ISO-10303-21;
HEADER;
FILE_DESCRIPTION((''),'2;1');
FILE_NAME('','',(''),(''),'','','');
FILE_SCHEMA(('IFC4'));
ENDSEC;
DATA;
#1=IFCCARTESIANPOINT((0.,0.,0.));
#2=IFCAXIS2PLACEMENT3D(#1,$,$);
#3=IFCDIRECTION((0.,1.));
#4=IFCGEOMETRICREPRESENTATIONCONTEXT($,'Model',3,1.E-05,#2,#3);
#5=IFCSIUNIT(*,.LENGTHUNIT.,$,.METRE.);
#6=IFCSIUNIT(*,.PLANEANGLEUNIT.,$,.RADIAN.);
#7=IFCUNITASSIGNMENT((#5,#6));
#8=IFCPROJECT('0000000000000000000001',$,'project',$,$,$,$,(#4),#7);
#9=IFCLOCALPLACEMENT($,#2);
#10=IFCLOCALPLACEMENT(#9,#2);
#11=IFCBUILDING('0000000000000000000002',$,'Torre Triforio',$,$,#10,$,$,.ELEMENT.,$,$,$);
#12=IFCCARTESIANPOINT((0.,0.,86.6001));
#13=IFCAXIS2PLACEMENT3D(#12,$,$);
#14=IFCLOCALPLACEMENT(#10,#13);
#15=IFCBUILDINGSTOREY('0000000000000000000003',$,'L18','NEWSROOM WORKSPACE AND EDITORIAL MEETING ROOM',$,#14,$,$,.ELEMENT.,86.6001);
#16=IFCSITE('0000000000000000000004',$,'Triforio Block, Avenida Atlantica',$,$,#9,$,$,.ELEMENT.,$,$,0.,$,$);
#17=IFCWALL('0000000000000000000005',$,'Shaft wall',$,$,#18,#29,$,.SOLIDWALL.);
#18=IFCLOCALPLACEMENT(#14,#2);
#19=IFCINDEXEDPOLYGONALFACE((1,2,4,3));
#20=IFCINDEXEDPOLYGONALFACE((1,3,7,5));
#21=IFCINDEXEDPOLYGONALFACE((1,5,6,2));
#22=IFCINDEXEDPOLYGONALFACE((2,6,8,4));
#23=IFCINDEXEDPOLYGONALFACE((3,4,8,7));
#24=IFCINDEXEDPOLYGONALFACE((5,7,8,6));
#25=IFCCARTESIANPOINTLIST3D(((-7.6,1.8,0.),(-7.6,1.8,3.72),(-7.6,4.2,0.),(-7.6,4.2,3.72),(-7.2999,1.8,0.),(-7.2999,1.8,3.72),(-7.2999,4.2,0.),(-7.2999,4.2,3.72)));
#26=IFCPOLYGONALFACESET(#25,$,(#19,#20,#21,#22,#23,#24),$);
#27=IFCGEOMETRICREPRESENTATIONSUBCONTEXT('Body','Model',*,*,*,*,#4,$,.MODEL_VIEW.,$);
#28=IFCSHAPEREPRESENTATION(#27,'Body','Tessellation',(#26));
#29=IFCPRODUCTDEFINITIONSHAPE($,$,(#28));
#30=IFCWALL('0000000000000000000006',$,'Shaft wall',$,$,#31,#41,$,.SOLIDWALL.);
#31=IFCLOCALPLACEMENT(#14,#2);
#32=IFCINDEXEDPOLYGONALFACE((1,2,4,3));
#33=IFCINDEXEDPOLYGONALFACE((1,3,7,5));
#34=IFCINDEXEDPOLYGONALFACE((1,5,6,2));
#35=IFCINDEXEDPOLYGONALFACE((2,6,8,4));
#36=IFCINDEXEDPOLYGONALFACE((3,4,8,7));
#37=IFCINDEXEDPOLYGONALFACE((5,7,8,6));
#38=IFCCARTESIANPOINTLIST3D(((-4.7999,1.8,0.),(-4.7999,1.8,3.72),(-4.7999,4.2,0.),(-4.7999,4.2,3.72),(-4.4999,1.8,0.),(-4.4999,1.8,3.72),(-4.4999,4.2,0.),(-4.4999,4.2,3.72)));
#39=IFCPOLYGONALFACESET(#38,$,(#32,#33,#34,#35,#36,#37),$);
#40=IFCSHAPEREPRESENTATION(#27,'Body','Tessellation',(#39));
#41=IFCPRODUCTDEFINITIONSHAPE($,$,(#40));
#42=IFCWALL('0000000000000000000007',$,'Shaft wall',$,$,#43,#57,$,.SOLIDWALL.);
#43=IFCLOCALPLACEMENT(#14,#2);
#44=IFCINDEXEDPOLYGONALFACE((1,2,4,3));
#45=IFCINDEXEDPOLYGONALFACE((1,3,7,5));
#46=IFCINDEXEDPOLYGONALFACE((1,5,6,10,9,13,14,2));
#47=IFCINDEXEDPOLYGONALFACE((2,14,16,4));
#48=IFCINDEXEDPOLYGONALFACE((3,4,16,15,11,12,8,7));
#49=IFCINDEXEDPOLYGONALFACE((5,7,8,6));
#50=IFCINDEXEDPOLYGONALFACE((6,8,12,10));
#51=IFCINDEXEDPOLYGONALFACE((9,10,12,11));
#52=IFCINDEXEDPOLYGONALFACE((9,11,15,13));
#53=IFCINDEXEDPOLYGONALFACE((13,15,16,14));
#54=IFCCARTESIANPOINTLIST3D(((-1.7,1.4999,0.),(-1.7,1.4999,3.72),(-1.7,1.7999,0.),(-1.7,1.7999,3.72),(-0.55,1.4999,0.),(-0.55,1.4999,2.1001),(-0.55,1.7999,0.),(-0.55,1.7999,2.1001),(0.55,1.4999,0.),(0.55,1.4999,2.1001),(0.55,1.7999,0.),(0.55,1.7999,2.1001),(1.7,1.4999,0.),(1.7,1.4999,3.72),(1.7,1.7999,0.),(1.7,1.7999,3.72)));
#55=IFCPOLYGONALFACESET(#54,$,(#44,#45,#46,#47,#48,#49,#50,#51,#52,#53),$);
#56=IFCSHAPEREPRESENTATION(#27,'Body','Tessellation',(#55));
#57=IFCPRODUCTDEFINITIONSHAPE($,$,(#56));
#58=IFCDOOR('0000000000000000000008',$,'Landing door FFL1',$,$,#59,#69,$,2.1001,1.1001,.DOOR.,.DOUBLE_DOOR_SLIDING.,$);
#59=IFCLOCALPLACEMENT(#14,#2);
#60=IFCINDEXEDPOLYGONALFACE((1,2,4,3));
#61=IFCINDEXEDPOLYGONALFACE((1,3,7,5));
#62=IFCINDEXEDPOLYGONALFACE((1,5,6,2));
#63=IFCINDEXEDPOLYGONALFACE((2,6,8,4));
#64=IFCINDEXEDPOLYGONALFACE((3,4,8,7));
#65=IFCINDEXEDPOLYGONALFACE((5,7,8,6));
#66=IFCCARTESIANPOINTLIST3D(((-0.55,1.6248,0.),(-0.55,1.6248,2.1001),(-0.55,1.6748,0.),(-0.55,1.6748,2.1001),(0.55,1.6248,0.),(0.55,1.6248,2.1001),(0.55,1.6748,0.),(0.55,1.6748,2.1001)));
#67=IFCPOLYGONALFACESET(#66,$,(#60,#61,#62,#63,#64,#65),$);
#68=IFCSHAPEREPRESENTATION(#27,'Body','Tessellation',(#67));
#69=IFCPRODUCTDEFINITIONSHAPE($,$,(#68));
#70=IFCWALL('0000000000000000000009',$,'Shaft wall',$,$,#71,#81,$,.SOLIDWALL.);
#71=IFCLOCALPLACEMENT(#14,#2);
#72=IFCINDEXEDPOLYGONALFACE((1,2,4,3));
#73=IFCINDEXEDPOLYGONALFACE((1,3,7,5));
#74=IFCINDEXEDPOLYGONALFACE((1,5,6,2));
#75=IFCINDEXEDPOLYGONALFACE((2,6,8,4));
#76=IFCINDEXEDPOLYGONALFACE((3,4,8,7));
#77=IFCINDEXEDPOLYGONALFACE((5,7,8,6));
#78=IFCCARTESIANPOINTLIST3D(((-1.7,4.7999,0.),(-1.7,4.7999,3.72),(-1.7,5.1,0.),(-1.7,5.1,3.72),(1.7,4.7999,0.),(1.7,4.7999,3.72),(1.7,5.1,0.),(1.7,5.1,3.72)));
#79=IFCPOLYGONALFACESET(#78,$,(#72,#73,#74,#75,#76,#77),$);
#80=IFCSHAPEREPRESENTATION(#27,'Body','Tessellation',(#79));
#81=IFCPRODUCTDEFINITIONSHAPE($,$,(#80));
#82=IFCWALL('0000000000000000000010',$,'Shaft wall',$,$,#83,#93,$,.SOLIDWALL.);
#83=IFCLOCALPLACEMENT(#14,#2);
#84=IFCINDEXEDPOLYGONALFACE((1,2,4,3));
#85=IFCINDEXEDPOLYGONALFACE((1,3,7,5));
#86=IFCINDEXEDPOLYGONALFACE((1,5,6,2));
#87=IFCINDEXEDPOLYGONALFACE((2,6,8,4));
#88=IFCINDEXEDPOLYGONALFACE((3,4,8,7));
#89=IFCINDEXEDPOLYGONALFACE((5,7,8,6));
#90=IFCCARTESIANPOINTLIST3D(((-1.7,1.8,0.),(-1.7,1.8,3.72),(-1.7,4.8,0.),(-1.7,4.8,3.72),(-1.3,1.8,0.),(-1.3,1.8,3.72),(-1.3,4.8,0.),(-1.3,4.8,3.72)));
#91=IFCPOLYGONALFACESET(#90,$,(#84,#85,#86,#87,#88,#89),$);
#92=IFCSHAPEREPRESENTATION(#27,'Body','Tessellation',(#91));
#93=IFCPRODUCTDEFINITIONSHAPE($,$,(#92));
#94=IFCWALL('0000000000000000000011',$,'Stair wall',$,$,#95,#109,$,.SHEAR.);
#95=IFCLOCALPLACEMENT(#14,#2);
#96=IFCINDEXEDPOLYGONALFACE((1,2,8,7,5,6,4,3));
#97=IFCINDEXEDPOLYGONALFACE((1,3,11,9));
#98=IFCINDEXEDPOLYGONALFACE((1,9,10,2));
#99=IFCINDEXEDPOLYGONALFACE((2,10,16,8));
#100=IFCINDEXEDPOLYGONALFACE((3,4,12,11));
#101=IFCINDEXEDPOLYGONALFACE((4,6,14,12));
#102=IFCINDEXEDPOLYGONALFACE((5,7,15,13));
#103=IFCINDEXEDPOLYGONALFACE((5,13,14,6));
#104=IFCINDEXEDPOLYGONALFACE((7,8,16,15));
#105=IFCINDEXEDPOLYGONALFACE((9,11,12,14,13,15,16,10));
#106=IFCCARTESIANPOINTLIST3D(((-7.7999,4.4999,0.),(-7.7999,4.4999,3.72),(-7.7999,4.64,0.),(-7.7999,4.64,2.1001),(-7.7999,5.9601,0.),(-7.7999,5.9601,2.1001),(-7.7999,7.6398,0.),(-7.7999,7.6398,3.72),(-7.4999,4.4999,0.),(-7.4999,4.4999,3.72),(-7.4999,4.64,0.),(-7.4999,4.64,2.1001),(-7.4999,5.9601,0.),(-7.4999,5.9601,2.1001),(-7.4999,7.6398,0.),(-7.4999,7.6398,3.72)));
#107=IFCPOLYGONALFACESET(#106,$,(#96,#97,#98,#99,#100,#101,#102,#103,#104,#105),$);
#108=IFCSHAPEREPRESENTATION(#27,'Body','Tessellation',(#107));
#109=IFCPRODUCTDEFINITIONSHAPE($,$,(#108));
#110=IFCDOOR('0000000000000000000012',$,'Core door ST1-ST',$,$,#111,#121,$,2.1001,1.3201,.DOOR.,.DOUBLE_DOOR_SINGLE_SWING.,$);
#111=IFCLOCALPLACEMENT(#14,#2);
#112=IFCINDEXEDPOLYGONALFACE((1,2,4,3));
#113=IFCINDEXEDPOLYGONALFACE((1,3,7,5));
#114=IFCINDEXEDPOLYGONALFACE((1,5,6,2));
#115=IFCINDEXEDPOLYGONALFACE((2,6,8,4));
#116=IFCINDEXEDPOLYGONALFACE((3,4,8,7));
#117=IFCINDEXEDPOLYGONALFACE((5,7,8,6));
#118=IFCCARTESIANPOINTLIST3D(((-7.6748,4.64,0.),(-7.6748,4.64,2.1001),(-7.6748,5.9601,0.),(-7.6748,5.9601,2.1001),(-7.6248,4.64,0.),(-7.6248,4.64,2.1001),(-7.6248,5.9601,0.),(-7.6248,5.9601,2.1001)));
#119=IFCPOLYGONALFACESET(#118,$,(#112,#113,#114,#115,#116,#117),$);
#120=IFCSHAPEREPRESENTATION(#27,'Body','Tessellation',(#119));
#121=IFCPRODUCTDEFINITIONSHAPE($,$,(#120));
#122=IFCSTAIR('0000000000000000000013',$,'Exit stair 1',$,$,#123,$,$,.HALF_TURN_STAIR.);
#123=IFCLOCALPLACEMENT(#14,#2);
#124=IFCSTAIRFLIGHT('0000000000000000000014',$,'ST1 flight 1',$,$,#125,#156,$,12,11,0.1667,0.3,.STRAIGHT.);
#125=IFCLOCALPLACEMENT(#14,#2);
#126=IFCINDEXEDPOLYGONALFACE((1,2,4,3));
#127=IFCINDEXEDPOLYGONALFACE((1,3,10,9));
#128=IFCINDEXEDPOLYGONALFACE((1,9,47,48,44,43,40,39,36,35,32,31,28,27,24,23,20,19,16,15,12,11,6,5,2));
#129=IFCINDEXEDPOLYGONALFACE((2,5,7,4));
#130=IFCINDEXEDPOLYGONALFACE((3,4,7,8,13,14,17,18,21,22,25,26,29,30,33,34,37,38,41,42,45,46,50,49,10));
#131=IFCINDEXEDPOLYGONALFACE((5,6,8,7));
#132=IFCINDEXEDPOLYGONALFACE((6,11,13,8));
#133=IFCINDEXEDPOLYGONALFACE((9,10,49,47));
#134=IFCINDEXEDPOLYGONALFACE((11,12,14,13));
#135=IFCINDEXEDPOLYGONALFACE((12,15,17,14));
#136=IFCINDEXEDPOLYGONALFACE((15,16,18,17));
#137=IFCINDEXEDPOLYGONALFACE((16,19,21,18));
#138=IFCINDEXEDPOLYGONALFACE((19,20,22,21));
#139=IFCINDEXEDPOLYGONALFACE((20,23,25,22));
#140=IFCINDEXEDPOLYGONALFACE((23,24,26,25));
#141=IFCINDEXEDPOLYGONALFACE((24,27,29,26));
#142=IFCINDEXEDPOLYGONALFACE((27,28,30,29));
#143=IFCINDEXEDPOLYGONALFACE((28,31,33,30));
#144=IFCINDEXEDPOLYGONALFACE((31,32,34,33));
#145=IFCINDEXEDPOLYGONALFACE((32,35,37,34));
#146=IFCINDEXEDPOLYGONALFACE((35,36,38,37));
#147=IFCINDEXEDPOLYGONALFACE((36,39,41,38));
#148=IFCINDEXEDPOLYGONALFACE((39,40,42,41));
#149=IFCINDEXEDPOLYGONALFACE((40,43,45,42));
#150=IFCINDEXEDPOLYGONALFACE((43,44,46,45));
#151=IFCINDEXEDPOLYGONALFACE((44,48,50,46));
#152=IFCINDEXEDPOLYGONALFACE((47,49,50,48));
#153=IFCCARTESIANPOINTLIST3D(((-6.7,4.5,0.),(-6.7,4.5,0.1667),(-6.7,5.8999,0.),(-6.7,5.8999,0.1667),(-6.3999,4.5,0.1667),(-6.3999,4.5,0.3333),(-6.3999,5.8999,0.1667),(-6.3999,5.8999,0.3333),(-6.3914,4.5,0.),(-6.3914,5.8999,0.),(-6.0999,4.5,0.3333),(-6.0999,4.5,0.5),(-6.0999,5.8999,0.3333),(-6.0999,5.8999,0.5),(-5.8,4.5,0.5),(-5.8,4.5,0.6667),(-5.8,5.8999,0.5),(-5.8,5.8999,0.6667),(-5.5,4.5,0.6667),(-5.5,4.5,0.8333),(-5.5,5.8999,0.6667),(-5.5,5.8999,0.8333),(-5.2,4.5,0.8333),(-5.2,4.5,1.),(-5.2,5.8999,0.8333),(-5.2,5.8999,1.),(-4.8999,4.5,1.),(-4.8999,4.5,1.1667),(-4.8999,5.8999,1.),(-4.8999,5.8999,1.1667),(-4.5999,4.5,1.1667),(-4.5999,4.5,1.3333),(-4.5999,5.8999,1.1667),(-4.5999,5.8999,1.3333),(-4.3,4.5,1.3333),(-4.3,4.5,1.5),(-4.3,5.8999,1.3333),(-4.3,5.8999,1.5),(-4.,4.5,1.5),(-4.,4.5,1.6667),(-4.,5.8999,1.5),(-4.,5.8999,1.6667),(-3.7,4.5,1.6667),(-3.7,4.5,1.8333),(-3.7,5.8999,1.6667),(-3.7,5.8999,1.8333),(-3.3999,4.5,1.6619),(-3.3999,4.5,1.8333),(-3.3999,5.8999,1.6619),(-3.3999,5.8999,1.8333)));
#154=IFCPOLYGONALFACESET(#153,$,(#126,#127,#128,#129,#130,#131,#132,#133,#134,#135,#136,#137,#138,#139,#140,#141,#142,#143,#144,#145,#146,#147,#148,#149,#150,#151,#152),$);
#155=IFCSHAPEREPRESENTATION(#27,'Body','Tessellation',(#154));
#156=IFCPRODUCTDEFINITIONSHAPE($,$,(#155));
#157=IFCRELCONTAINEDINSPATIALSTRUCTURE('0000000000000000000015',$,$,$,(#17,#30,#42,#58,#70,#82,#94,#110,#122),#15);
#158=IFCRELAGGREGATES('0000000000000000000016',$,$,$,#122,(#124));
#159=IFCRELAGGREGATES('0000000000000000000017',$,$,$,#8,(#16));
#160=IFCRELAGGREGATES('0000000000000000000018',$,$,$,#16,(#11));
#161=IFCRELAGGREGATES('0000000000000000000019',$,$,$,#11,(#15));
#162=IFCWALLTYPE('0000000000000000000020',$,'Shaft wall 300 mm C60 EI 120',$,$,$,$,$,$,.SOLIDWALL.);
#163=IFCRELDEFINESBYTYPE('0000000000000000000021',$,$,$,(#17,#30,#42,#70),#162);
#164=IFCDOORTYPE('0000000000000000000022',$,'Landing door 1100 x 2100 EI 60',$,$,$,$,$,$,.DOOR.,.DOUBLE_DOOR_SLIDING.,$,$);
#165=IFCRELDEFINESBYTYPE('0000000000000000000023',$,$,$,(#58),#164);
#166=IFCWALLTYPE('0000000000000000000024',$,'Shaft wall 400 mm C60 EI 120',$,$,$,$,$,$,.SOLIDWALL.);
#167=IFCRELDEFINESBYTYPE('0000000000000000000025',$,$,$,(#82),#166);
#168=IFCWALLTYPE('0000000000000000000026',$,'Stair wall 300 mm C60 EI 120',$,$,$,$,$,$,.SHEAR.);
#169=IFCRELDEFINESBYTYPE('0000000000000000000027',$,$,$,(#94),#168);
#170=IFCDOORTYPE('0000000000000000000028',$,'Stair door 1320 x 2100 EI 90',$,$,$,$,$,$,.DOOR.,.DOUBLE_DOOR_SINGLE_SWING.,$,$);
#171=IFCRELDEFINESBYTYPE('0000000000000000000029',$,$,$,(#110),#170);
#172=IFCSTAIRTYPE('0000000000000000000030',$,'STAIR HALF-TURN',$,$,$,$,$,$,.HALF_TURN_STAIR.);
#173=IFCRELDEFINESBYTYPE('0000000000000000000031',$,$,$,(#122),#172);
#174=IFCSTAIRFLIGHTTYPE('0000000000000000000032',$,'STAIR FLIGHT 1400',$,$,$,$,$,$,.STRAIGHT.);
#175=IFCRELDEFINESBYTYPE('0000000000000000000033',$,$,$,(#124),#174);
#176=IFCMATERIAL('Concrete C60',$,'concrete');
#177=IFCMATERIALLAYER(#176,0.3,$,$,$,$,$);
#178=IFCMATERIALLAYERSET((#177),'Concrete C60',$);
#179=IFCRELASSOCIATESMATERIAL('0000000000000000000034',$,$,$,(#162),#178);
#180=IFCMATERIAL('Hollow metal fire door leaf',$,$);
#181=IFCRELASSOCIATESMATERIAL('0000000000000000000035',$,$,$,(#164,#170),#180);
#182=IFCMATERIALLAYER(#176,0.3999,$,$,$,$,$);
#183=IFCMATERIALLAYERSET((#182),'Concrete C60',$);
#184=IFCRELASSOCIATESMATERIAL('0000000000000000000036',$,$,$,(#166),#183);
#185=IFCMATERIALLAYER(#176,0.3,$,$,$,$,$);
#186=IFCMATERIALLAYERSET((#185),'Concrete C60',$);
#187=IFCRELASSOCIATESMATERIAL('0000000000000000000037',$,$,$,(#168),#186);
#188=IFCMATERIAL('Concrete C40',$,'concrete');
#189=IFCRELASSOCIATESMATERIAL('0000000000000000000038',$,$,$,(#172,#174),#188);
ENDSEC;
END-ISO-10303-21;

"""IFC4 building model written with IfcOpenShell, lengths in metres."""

from ifc_helpers import new_model, si_unit, direction, frame, frame_2d, origin, place, context, subcontext, project, spatial, polyline, rectangle, outline, extrude, material, layer, layer_set, type_object, element, fill, aggregate, save


model = new_model("IFC4")

# Units and contexts
model_context = context("Model", 3, precision=1e-05, world=origin(), true_north=direction((0.0, 1.0)))
body_context = subcontext(model_context, "Body", "Model", "MODEL_VIEW")
ifc_project = project(units=[si_unit("LENGTHUNIT", "METRE"), si_unit("PLANEANGLEUNIT", "RADIAN")], contexts=[model_context])

# Site, building, storey
site_placement = place(None, origin())
site = spatial("IfcSite", under=ifc_project, at=site_placement, Name="Triforio Block, Avenida Atlantica", CompositionType="ELEMENT", RefElevation=0.0)
building_placement = place(site_placement, origin())
building = spatial("IfcBuilding", under=site, at=building_placement, Name="Torre Triforio", CompositionType="ELEMENT")
storey_placement = place(building_placement, frame((0.0, 0.0, 86.6001)))
storey = spatial("IfcBuildingStorey", under=building, at=storey_placement, Name="L18", Description="NEWSROOM WORKSPACE AND EDITORIAL MEETING ROOM", CompositionType="ELEMENT", Elevation=86.6001)

# Walls
ifc_material_1 = material(Name="Concrete C60", Category="concrete")
ifc_layer_1 = layer(ifc_material_1, 0.3)
ifc_layer_set_1 = layer_set([ifc_layer_1], Name="Concrete C60")
wall_type_1 = type_object("IfcWallType", Name="Shaft wall 300 mm C60 EI 120", PredefinedType="SOLIDWALL", material=ifc_layer_set_1)
for number, where, z_axis, x_axis, name in (
    (1, (-7.45, 1.8, 0.0), (0.0, 0.0, 1.0), (0.0, 1.0, 0.0), "Shaft wall"),
    (2, (-4.6499, 1.8, 0.0), (0.0, 0.0, 1.0), (0.0, 1.0, 0.0), "Shaft wall"),
):
    element("IfcWall", number, at=place(storey_placement, frame(where, z_axis=z_axis, x_axis=x_axis)), inside=storey, type_object=wall_type_1, Name=name, PredefinedType="SOLIDWALL", context=body_context, shape_type="SweptSolid", body=[
        extrude(rectangle(XDim=2.3999, YDim=0.3, at=frame_2d((1.2, 0.0))), origin(), (0.0, 0.0, 1.0), 3.72),
    ])

# Wall, opening, door
wall_1_placement = place(storey_placement, frame((-1.7, 1.6499, 0.0), z_axis=(0.0, 0.0, 1.0), x_axis=(1.0, 0.0, 0.0)))
wall_1 = element("IfcWall", 3, at=wall_1_placement, inside=storey, type_object=wall_type_1, Name="Shaft wall", PredefinedType="SOLIDWALL", context=body_context, shape_type="SweptSolid", body=[
    extrude(rectangle(XDim=3.3999, YDim=0.3, at=frame_2d((1.7, 0.0))), origin(), (0.0, 0.0, 1.0), 3.72),
])
opening_1_placement = place(wall_1_placement, frame((1.1499, 0.0, 0.0)))
opening_1 = element("IfcOpeningElement", 4, at=opening_1_placement, cuts=wall_1, PredefinedType="OPENING", context=body_context, shape_type="SweptSolid", body=[
    extrude(rectangle(XDim=1.1001, YDim=2.1001, at=frame_2d((0.55, 1.05))), frame((0.0, 0.1599, 0.0), z_axis=(0.0, -1.0, 0.0), x_axis=(1.0, 0.0, 0.0)), (0.0, 0.0, 1.0), 0.3201),
])
ifc_material_2 = material(Name="Hollow metal fire door leaf")
door_type_1 = type_object("IfcDoorType", Name="Landing door 1100 x 2100 EI 60", OperationType="DOUBLE_DOOR_SLIDING", PredefinedType="DOOR", material=ifc_material_2)
door_1_placement = place(opening_1_placement, origin())
door_1 = element("IfcDoor", 5, at=door_1_placement, inside=storey, type_object=door_type_1, Name="Landing door FFL1", OperationType="DOUBLE_DOOR_SLIDING", OverallHeight=2.1001, OverallWidth=1.1001, PredefinedType="DOOR", context=body_context, shape_type="SweptSolid", body=[
    extrude(rectangle(XDim=1.1001, YDim=2.1001, at=frame_2d((0.55, 1.05))), frame((0.0, 0.0249, 0.0), z_axis=(0.0, -1.0, 0.0), x_axis=(1.0, 0.0, 0.0)), (0.0, 0.0, 1.0), 0.05),
])
fill(opening_1, door_1)

# Walls
wall_2_placement = place(storey_placement, frame((-1.7, 4.95, 0.0), z_axis=(0.0, 0.0, 1.0), x_axis=(1.0, 0.0, 0.0)))
element("IfcWall", 6, at=wall_2_placement, inside=storey, type_object=wall_type_1, Name="Shaft wall", PredefinedType="SOLIDWALL", context=body_context, shape_type="SweptSolid", body=[
    extrude(rectangle(XDim=3.3999, YDim=0.3, at=frame_2d((1.7, 0.0))), origin(), (0.0, 0.0, 1.0), 3.72),
])
ifc_layer_2 = layer(ifc_material_1, 0.3999)
ifc_layer_set_2 = layer_set([ifc_layer_2], Name="Concrete C60")
wall_type_2 = type_object("IfcWallType", Name="Shaft wall 400 mm C60 EI 120", PredefinedType="SOLIDWALL", material=ifc_layer_set_2)
wall_3_placement = place(storey_placement, frame((-1.5, 1.8, 0.0), z_axis=(0.0, 0.0, 1.0), x_axis=(0.0, 1.0, 0.0)))
element("IfcWall", 7, at=wall_3_placement, inside=storey, type_object=wall_type_2, Name="Shaft wall", PredefinedType="SOLIDWALL", context=body_context, shape_type="SweptSolid", body=[
    extrude(rectangle(XDim=3.0, YDim=0.3999, at=frame_2d((1.5, 0.0))), origin(), (0.0, 0.0, 1.0), 3.72),
])

# Wall, opening, door
ifc_layer_3 = layer(ifc_material_1, 0.3)
ifc_layer_set_3 = layer_set([ifc_layer_3], Name="Concrete C60")
wall_type_3 = type_object("IfcWallType", Name="Stair wall 300 mm C60 EI 120", PredefinedType="SHEAR", material=ifc_layer_set_3)
wall_4_placement = place(storey_placement, frame((-7.6499, 4.5, 0.0), z_axis=(0.0, 0.0, 1.0), x_axis=(0.0, 1.0, 0.0)))
wall_4 = element("IfcWall", 8, at=wall_4_placement, inside=storey, type_object=wall_type_3, Name="Stair wall", PredefinedType="SHEAR", context=body_context, shape_type="SweptSolid", body=[
    extrude(rectangle(XDim=3.1399, YDim=0.3, at=frame_2d((1.5698, 0.0))), origin(), (0.0, 0.0, 1.0), 3.72),
])
opening_2_placement = place(wall_4_placement, frame((0.1399, 0.0, 0.0)))
opening_2 = element("IfcOpeningElement", 9, at=opening_2_placement, cuts=wall_4, PredefinedType="OPENING", context=body_context, shape_type="SweptSolid", body=[
    extrude(rectangle(XDim=1.3201, YDim=2.1001, at=frame_2d((0.6602, 1.05))), frame((0.0, 0.1599, 0.0), z_axis=(0.0, -1.0, 0.0), x_axis=(1.0, 0.0, 0.0)), (0.0, 0.0, 1.0), 0.3201),
])
door_type_2 = type_object("IfcDoorType", Name="Stair door 1320 x 2100 EI 90", OperationType="DOUBLE_DOOR_SINGLE_SWING", PredefinedType="DOOR", material=ifc_material_2)
door_2_placement = place(opening_2_placement, origin())
door_2 = element("IfcDoor", 10, at=door_2_placement, inside=storey, type_object=door_type_2, Name="Core door ST1-ST", OperationType="DOUBLE_DOOR_SINGLE_SWING", OverallHeight=2.1001, OverallWidth=1.3201, PredefinedType="DOOR", context=body_context, shape_type="SweptSolid", body=[
    extrude(rectangle(XDim=1.3201, YDim=2.1001, at=frame_2d((0.6602, 1.05))), frame((0.0, 0.0249, 0.0), z_axis=(0.0, -1.0, 0.0), x_axis=(1.0, 0.0, 0.0)), (0.0, 0.0, 1.0), 0.05),
])
fill(opening_2, door_2)

# Stair, stair flight
ifc_material_3 = material(Name="Concrete C40", Category="concrete")
stair_type = type_object("IfcStairType", Name="STAIR HALF-TURN", PredefinedType="HALF_TURN_STAIR", material=ifc_material_3)
stair_placement = place(storey_placement, origin())
stair = element("IfcStair", 11, at=stair_placement, inside=storey, type_object=stair_type, Name="Exit stair 1", PredefinedType="HALF_TURN_STAIR")
stair_flight_type = type_object("IfcStairFlightType", Name="STAIR FLIGHT 1400", PredefinedType="STRAIGHT", material=ifc_material_3)
stair_flight_1_placement = place(storey_placement, frame((-6.7, 5.2, 0.0), z_axis=(0.0, 0.0, 1.0), x_axis=(1.0, 0.0, 0.0)))
stair_flight_1 = element("IfcStairFlight", 12, at=stair_flight_1_placement, type_object=stair_flight_type, Name="ST1 flight 1", NumberOfRisers=12, NumberOfTreads=11, PredefinedType="STRAIGHT", RiserHeight=0.1667, TreadLength=0.3, context=body_context, shape_type="SweptSolid", body=[
    extrude(outline(polyline([(0.0, 0.0), (0.0, 0.1667), (0.3, 0.1667), (0.3, 0.3333), (0.6001, 0.3333), (0.6001, 0.5), (0.8999, 0.5), (0.8999, 0.6667), (1.2, 0.6667), (1.2, 0.8333), (1.5, 0.8333), (1.5, 1.0), (1.8, 1.0), (1.8, 1.1667), (2.1001, 1.1667), (2.1001, 1.3333), (2.3999, 1.3333), (2.3999, 1.5), (2.7, 1.5), (2.7, 1.6667), (3.0, 1.6667), (3.0, 1.8333), (3.3, 1.8333), (3.3, 2.0), (3.3, 1.6619), (0.3086, 0.0), (0.0, 0.0)])), frame((0.0, 0.7, 0.0), z_axis=(0.0, -1.0, 0.0), x_axis=(1.0, 0.0, 0.0)), (0.0, 0.0, 1.0), 1.3999),
])
aggregate(stair, [stair_flight_1])

save(model, "model.ifc")
